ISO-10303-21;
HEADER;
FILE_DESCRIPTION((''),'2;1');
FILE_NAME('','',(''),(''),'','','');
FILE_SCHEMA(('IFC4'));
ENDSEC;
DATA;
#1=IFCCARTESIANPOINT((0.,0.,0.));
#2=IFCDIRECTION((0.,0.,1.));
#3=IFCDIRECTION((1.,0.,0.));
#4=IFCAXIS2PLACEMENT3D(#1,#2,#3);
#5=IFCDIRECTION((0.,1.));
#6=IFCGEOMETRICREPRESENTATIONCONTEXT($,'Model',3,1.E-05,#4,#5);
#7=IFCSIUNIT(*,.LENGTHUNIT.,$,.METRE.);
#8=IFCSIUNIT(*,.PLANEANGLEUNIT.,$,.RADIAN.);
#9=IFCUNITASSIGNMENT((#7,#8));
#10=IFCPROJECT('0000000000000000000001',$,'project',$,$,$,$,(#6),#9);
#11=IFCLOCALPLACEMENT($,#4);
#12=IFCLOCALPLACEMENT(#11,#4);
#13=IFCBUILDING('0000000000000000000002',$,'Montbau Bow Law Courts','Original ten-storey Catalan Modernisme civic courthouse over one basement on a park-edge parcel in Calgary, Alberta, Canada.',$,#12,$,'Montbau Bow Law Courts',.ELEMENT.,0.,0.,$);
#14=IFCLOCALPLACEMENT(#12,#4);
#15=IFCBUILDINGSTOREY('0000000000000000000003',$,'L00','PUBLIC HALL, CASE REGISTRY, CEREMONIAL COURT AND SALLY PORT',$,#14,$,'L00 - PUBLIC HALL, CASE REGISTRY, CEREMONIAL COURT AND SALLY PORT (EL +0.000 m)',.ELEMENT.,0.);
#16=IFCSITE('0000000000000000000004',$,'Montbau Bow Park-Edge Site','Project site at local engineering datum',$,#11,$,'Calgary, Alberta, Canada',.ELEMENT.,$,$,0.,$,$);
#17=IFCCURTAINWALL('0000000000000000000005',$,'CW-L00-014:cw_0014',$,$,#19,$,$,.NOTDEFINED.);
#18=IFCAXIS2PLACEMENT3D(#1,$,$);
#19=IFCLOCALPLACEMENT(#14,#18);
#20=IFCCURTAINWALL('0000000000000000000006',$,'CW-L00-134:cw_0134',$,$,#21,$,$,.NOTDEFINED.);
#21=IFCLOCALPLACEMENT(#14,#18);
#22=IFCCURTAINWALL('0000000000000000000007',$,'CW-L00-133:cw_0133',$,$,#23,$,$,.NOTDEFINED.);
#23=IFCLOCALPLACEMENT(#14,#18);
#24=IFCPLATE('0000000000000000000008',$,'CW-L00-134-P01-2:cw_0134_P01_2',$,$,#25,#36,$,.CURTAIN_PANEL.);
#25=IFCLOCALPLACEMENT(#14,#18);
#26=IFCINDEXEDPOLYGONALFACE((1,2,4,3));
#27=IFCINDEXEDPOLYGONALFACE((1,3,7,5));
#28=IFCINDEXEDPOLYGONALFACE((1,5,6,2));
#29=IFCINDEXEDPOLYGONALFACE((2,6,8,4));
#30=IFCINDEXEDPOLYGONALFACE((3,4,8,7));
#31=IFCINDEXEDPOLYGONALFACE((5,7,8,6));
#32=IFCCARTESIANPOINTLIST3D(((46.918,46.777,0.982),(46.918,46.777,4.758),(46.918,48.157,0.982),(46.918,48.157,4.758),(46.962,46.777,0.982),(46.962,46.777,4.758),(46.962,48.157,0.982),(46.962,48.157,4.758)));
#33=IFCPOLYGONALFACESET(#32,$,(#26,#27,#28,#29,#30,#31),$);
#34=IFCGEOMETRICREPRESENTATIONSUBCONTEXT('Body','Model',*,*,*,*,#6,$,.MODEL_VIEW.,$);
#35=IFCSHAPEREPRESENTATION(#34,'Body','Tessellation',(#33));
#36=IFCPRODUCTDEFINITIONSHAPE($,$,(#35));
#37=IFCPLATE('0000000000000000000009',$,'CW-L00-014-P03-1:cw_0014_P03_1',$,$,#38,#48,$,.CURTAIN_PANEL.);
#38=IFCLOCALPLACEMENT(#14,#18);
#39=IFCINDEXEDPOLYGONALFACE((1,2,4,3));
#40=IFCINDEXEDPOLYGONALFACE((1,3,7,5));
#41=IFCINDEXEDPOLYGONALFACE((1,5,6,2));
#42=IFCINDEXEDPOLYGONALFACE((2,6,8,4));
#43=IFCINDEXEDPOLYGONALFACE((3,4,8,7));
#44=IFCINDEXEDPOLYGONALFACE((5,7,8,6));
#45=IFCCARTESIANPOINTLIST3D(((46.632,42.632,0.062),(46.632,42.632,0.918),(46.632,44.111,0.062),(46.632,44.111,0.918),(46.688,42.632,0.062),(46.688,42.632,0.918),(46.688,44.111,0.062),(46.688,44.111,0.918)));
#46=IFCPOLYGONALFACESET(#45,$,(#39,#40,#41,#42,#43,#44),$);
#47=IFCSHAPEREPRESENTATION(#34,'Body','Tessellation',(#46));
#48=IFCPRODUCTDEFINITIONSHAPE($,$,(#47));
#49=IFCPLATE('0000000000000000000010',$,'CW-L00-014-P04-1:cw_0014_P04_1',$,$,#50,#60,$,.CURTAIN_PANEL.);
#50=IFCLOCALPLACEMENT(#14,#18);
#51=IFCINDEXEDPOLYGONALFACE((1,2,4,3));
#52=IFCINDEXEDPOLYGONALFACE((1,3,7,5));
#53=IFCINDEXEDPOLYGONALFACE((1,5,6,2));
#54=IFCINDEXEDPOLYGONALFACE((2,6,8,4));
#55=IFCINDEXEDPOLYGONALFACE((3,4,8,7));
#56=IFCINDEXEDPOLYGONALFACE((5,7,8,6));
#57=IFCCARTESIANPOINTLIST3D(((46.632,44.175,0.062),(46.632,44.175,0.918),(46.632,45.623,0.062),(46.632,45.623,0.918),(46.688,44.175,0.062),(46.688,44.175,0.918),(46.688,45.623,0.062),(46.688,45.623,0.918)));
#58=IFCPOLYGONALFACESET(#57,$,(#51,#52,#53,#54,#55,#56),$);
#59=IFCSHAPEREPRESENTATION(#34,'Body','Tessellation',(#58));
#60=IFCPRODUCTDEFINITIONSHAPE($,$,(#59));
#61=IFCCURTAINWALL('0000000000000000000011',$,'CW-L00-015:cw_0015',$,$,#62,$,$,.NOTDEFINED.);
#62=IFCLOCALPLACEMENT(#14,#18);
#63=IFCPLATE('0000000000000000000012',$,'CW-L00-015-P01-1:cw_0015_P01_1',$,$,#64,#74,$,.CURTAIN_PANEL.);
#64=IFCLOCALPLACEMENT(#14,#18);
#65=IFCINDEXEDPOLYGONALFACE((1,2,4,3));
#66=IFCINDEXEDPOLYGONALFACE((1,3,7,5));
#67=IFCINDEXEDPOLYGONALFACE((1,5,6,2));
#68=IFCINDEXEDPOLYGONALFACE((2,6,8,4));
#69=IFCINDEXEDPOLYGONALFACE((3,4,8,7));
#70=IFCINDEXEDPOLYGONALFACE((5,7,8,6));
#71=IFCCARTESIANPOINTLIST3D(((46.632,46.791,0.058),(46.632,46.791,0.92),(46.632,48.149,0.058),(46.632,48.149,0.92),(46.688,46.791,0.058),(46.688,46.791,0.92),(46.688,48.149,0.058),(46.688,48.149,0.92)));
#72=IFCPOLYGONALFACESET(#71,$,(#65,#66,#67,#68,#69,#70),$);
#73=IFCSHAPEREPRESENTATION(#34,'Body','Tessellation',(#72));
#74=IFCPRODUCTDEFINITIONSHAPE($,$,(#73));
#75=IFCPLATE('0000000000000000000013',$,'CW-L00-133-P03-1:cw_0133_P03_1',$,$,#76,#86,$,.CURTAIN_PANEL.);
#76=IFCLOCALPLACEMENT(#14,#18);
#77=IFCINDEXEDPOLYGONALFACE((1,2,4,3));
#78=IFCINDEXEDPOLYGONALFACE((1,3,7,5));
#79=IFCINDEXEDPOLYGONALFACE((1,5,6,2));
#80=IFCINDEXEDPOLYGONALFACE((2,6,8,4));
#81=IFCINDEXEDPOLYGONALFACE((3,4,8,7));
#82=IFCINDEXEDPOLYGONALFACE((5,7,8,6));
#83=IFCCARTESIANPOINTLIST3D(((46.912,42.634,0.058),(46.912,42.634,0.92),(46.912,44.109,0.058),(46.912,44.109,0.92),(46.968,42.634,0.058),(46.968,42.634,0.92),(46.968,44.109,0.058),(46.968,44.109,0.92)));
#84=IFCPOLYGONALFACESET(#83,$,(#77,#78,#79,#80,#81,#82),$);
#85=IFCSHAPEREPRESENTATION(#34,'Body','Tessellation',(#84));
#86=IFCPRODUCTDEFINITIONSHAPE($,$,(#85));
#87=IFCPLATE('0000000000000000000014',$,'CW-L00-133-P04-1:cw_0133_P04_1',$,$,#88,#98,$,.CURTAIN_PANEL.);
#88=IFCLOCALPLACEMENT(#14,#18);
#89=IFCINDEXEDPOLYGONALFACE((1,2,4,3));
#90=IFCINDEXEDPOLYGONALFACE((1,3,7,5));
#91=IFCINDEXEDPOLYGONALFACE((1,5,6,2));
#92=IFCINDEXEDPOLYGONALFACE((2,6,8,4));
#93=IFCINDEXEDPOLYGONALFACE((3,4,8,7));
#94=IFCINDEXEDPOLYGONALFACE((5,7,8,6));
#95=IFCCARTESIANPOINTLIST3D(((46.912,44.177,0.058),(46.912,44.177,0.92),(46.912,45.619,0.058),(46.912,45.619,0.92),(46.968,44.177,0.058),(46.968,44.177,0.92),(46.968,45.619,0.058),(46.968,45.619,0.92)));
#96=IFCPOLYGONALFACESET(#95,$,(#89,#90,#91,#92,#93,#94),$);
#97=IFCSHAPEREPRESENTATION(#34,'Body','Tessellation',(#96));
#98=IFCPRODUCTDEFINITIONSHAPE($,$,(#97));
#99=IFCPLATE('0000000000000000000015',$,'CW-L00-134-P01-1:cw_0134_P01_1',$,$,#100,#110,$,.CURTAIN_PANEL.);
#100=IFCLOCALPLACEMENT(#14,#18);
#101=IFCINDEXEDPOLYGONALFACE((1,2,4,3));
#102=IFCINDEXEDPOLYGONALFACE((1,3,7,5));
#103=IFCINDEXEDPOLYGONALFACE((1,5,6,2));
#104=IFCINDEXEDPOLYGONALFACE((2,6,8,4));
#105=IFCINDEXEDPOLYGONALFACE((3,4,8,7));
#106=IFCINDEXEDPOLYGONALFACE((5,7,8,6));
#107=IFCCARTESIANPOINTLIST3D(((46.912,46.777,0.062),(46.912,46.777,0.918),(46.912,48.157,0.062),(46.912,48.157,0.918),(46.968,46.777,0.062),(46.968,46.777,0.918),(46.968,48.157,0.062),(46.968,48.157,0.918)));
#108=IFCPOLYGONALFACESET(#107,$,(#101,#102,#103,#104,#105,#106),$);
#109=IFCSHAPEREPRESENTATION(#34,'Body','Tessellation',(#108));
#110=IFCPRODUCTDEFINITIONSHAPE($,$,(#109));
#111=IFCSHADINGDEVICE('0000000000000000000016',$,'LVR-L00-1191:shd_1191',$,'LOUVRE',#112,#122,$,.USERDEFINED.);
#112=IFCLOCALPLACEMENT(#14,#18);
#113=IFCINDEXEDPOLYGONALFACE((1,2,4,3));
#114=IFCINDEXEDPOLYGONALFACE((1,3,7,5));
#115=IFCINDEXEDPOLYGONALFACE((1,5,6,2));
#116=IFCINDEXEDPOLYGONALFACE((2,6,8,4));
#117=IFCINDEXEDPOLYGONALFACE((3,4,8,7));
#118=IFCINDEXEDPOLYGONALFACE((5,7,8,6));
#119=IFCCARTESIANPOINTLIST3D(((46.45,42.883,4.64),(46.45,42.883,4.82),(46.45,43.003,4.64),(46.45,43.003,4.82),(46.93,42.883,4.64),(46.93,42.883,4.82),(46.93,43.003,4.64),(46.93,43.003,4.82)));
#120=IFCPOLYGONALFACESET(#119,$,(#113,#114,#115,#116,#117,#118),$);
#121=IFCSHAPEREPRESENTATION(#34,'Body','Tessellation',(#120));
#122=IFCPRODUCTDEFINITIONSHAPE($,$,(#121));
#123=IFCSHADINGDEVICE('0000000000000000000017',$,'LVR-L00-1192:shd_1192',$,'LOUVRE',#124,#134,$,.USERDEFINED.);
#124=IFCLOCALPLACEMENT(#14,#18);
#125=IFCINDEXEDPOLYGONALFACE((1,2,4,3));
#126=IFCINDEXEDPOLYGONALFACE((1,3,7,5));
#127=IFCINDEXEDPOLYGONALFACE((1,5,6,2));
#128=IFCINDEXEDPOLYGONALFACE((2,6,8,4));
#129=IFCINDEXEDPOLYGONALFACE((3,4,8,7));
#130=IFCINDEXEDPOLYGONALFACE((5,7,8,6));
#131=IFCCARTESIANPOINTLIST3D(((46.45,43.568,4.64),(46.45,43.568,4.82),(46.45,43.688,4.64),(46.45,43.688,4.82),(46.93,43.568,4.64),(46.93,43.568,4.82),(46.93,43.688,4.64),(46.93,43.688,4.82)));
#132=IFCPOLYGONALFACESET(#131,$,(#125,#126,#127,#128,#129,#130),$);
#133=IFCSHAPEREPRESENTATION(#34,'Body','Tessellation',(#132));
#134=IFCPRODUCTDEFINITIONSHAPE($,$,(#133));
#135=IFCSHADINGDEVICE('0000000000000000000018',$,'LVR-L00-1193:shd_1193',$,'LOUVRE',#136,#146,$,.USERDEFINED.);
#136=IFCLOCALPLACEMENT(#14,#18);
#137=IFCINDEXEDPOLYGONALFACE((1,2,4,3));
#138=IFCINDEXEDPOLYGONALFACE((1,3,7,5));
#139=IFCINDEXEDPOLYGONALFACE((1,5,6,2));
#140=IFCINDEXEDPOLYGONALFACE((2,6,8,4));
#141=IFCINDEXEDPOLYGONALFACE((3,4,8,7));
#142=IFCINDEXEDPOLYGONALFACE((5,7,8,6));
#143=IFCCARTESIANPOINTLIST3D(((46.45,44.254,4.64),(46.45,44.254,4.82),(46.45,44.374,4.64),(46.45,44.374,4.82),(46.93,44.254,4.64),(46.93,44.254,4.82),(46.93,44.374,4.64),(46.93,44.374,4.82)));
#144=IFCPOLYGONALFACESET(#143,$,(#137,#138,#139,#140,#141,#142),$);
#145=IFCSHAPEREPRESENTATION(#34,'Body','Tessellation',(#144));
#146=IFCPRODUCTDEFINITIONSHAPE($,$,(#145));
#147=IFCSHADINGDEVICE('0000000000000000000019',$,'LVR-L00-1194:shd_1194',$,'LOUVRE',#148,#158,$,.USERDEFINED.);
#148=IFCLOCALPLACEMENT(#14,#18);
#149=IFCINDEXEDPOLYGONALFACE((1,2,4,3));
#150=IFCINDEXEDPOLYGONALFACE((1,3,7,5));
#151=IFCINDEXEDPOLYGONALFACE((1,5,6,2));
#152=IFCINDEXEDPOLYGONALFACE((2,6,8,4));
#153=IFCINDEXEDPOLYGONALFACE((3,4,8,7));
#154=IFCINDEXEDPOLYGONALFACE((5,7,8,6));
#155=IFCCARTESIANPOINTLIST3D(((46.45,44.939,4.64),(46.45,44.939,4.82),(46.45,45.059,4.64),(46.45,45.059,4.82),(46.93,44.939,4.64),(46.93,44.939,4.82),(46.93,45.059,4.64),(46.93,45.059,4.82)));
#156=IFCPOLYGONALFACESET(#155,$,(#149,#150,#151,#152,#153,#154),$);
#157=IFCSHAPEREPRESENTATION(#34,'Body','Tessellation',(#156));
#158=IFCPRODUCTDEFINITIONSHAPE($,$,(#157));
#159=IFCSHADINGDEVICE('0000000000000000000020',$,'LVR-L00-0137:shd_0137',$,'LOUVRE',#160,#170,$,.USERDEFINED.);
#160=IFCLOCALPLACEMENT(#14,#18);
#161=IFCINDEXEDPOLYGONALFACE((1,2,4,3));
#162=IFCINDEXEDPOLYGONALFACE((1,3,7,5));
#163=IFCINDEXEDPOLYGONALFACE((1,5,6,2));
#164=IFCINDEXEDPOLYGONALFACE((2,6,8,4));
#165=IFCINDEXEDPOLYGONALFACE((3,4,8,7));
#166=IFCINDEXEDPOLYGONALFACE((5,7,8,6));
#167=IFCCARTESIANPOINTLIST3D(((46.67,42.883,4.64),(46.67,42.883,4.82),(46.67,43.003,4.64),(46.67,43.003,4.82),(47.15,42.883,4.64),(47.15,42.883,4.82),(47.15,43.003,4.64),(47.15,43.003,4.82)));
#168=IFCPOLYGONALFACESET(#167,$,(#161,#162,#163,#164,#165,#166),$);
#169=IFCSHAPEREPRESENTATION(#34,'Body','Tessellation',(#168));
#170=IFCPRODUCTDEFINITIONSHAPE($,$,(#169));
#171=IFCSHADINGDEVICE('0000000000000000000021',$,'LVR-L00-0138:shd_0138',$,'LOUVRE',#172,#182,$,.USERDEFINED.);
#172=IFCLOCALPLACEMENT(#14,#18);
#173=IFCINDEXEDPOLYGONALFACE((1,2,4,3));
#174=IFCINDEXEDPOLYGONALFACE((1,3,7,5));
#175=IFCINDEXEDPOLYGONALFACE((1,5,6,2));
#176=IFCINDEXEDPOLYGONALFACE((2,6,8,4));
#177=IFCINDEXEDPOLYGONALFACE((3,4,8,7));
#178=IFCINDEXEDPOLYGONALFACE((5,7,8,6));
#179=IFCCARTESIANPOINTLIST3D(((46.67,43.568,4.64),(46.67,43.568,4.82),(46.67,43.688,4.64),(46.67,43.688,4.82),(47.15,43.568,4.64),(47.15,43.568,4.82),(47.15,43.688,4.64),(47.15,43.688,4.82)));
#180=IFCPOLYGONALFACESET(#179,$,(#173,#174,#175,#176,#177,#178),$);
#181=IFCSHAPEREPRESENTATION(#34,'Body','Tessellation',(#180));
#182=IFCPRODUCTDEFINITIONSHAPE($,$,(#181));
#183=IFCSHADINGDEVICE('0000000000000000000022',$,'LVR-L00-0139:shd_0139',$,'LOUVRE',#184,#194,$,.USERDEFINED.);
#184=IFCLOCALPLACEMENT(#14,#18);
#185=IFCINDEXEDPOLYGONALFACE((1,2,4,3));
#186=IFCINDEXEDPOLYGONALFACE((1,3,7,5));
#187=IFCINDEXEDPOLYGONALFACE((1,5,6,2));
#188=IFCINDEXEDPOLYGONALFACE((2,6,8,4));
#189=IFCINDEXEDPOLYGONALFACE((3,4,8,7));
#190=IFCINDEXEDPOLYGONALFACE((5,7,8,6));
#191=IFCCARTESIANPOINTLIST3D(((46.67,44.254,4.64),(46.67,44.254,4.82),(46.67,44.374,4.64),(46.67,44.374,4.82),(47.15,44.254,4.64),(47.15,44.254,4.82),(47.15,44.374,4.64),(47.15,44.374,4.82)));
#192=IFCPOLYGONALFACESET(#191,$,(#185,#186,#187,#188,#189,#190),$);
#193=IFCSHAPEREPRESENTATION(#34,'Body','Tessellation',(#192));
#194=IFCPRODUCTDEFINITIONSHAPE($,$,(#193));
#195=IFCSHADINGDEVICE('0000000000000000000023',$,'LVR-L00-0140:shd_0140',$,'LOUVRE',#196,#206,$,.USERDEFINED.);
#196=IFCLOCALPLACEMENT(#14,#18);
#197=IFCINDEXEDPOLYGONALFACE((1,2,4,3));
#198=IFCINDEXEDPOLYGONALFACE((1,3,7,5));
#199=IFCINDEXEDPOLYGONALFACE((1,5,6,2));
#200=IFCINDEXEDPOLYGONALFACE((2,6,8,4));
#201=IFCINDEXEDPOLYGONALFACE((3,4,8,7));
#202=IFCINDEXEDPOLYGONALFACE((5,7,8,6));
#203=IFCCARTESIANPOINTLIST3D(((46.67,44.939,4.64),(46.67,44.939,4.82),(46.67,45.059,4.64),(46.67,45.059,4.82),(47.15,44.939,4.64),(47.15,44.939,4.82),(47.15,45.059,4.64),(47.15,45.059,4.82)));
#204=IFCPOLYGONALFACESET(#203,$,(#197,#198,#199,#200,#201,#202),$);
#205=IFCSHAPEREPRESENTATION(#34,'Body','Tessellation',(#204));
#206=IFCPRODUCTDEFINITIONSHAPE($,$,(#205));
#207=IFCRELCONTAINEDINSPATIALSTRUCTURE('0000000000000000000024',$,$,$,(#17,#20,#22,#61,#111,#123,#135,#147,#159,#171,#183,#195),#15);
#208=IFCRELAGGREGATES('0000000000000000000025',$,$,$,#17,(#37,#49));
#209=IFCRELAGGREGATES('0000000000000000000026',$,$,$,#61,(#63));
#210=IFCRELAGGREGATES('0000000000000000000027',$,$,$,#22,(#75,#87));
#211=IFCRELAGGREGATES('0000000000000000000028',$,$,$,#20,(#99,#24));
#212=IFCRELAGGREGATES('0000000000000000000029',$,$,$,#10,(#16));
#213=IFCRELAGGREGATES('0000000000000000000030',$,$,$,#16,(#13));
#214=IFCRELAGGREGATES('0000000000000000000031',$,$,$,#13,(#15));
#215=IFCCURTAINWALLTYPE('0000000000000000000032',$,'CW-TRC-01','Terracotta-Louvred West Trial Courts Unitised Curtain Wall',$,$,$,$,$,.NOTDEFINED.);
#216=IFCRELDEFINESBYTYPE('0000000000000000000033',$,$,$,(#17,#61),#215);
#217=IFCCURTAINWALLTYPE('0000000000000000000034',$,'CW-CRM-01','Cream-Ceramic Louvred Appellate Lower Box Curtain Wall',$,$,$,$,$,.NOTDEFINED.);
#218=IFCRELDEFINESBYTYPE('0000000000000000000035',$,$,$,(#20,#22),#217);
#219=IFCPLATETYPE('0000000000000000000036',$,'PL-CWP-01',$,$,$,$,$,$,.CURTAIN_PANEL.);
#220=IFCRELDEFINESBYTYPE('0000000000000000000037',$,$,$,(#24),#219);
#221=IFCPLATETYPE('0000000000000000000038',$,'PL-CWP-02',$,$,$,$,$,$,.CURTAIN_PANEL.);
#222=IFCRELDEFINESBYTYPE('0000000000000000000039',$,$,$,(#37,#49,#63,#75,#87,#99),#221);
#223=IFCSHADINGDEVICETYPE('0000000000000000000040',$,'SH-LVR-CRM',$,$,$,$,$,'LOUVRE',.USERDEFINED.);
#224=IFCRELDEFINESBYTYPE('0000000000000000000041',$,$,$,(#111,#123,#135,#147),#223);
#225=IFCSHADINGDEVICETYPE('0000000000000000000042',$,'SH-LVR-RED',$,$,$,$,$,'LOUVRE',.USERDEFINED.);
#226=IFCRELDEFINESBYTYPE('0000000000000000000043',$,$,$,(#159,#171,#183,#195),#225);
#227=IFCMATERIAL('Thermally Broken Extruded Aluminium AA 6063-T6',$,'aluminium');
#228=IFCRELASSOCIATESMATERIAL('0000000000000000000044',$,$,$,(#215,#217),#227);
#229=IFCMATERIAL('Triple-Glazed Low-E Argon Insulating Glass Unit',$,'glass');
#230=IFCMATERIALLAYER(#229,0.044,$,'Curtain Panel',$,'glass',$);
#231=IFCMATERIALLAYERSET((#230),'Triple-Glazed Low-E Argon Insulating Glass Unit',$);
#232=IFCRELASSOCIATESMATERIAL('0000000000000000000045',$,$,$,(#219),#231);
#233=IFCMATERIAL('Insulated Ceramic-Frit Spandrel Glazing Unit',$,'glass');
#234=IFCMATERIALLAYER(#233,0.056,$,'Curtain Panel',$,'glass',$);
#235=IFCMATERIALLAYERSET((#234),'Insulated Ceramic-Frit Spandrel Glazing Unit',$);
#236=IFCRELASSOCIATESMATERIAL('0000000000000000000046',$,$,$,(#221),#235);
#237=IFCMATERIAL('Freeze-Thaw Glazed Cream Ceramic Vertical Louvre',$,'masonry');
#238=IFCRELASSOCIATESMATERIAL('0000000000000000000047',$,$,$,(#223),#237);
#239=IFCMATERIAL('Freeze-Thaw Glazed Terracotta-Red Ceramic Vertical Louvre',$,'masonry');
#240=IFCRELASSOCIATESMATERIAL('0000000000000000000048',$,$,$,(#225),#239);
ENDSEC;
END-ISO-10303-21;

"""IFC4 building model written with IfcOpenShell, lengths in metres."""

from ifc_helpers import new_model, si_unit, direction, frame, frame_2d, origin_with_axes, origin_2d_with_axis, place, context, subcontext, project, spatial, rectangle, extrude, material, layer, layer_set, type_object, element, aggregate, save


model = new_model("IFC4")

# Units and contexts
model_context = context("Model", 3, precision=1e-05, world=origin_with_axes(), true_north=direction((0.0, 1.0)))
body_context = subcontext(model_context, "Body", "Model", "MODEL_VIEW")
ifc_project = project(units=[si_unit("LENGTHUNIT", "METRE"), si_unit("PLANEANGLEUNIT", "RADIAN")], contexts=[model_context])

# Site, building, storey
site_placement = place(None, origin_with_axes())
site = spatial("IfcSite", under=ifc_project, at=site_placement, Name="Montbau Bow Park-Edge Site", Description="Project site at local engineering datum", LongName="Calgary, Alberta, Canada", CompositionType="ELEMENT", RefElevation=0.0)
building_placement = place(site_placement, origin_with_axes())
building = spatial("IfcBuilding", under=site, at=building_placement, Name="Montbau Bow Law Courts", Description="Original ten-storey Catalan Modernisme civic courthouse over one basement on a park-edge parcel in Calgary, Alberta, Canada.", LongName="Montbau Bow Law Courts", CompositionType="ELEMENT", ElevationOfRefHeight=0.0, ElevationOfTerrain=0.0)
storey_placement = place(building_placement, origin_with_axes())
storey = spatial("IfcBuildingStorey", under=building, at=storey_placement, Name="L00", Description="PUBLIC HALL, CASE REGISTRY, CEREMONIAL COURT AND SALLY PORT", LongName="L00 - PUBLIC HALL, CASE REGISTRY, CEREMONIAL COURT AND SALLY PORT (EL +0.000 m)", CompositionType="ELEMENT", Elevation=0.0)

# Curtain walls
ifc_material_1 = material(Name="Thermally Broken Extruded Aluminium AA 6063-T6", Category="aluminium")
curtain_wall_type_1 = type_object("IfcCurtainWallType", Name="CW-TRC-01", Description="Terracotta-Louvred West Trial Courts Unitised Curtain Wall", PredefinedType="NOTDEFINED", material=ifc_material_1)
curtain_wall_1_placement = place(None, frame((46.66, 39.515, 0.0), z_axis=(0.0, 0.0, 1.0), x_axis=(1.0, 0.0, 0.0)))
curtain_wall_1 = element("IfcCurtainWall", 1, at=curtain_wall_1_placement, inside=storey, type_object=curtain_wall_type_1, Name="CW-L00-014:cw_0014", PredefinedType="NOTDEFINED")
curtain_wall_type_2 = type_object("IfcCurtainWallType", Name="CW-CRM-01", Description="Cream-Ceramic Louvred Appellate Lower Box Curtain Wall", PredefinedType="NOTDEFINED", material=ifc_material_1)
curtain_wall_2_placement = place(None, frame((46.94, 46.715, 0.0), z_axis=(0.0, 0.0, 1.0), x_axis=(1.0, 0.0, 0.0)))
curtain_wall_2 = element("IfcCurtainWall", 2, at=curtain_wall_2_placement, inside=storey, type_object=curtain_wall_type_2, Name="CW-L00-134:cw_0134", PredefinedType="NOTDEFINED")
curtain_wall_3_placement = place(None, frame((46.94, 39.515, 0.0), z_axis=(0.0, 0.0, 1.0), x_axis=(1.0, 0.0, 0.0)))
curtain_wall_3 = element("IfcCurtainWall", 3, at=curtain_wall_3_placement, inside=storey, type_object=curtain_wall_type_2, Name="CW-L00-133:cw_0133", PredefinedType="NOTDEFINED")

# Plates
ifc_material_2 = material(Name="Triple-Glazed Low-E Argon Insulating Glass Unit", Category="glass")
ifc_layer_1 = layer(ifc_material_2, 0.044, Name="Curtain Panel", Category="glass")
ifc_layer_set_1 = layer_set([ifc_layer_1], Name="Triple-Glazed Low-E Argon Insulating Glass Unit")
plate_type_1 = type_object("IfcPlateType", Name="PL-CWP-01", PredefinedType="CURTAIN_PANEL", material=ifc_layer_set_1)
plate_1_placement = place(None, frame((46.94, 46.777, 0.982), z_axis=(1.0, 0.0, 0.0), x_axis=(0.0, 1.0, 0.0)))
plate_1 = element("IfcPlate", 4, at=plate_1_placement, type_object=plate_type_1, Name="CW-L00-134-P01-2:cw_0134_P01_2", PredefinedType="CURTAIN_PANEL", context=body_context, shape_type="SweptSolid", body=[
    extrude(rectangle(XDim=1.38, YDim=3.776, at=frame_2d((0.69, 1.888), x_axis=(1.0, 0.0))), frame((0.0, 0.0, -0.022), z_axis=(0.0, 0.0, 1.0), x_axis=(1.0, 0.0, 0.0)), (0.0, 0.0, 1.0), 0.044),
])
ifc_material_3 = material(Name="Insulated Ceramic-Frit Spandrel Glazing Unit", Category="glass")
ifc_layer_2 = layer(ifc_material_3, 0.056, Name="Curtain Panel", Category="glass")
ifc_layer_set_2 = layer_set([ifc_layer_2], Name="Insulated Ceramic-Frit Spandrel Glazing Unit")
plate_type_2 = type_object("IfcPlateType", Name="PL-CWP-02", PredefinedType="CURTAIN_PANEL", material=ifc_layer_set_2)
plate_2_placement = place(None, frame((46.66, 42.632, 0.062), z_axis=(1.0, 0.0, 0.0), x_axis=(0.0, 1.0, 0.0)))
plate_2 = element("IfcPlate", 5, at=plate_2_placement, type_object=plate_type_2, Name="CW-L00-014-P03-1:cw_0014_P03_1", PredefinedType="CURTAIN_PANEL", context=body_context, shape_type="SweptSolid", body=[
    extrude(rectangle(XDim=1.479, YDim=0.856, at=frame_2d((0.7395, 0.428), x_axis=(1.0, 0.0))), frame((0.0, 0.0, -0.028), z_axis=(0.0, 0.0, 1.0), x_axis=(1.0, 0.0, 0.0)), (0.0, 0.0, 1.0), 0.056),
])
plate_3_placement = place(None, frame((46.66, 44.175, 0.062), z_axis=(1.0, 0.0, 0.0), x_axis=(0.0, 1.0, 0.0)))
plate_3 = element("IfcPlate", 6, at=plate_3_placement, type_object=plate_type_2, Name="CW-L00-014-P04-1:cw_0014_P04_1", PredefinedType="CURTAIN_PANEL", context=body_context, shape_type="SweptSolid", body=[
    extrude(rectangle(XDim=1.448, YDim=0.856, at=frame_2d((0.724, 0.428), x_axis=(1.0, 0.0))), frame((0.0, 0.0, -0.028), z_axis=(0.0, 0.0, 1.0), x_axis=(1.0, 0.0, 0.0)), (0.0, 0.0, 1.0), 0.056),
])
aggregate(curtain_wall_1, [plate_2, plate_3])

# Curtain wall, plate
curtain_wall_4_placement = place(None, frame((46.66, 46.715, 0.0), z_axis=(0.0, 0.0, 1.0), x_axis=(1.0, 0.0, 0.0)))
curtain_wall_4 = element("IfcCurtainWall", 7, at=curtain_wall_4_placement, inside=storey, type_object=curtain_wall_type_1, Name="CW-L00-015:cw_0015", PredefinedType="NOTDEFINED")
plate_4_placement = place(None, frame((46.66, 46.791, 0.058), z_axis=(1.0, 0.0, 0.0), x_axis=(0.0, 1.0, 0.0)))
plate_4 = element("IfcPlate", 8, at=plate_4_placement, type_object=plate_type_2, Name="CW-L00-015-P01-1:cw_0015_P01_1", PredefinedType="CURTAIN_PANEL", context=body_context, shape_type="SweptSolid", body=[
    extrude(rectangle(XDim=1.358, YDim=0.862, at=frame_2d((0.679, 0.431), x_axis=(1.0, 0.0))), frame((0.0, 0.0, -0.028), z_axis=(0.0, 0.0, 1.0), x_axis=(1.0, 0.0, 0.0)), (0.0, 0.0, 1.0), 0.056),
])
aggregate(curtain_wall_4, [plate_4])

# Plates
plate_5_placement = place(None, frame((46.94, 42.634, 0.058), z_axis=(1.0, 0.0, 0.0), x_axis=(0.0, 1.0, 0.0)))
plate_5 = element("IfcPlate", 9, at=plate_5_placement, type_object=plate_type_2, Name="CW-L00-133-P03-1:cw_0133_P03_1", PredefinedType="CURTAIN_PANEL", context=body_context, shape_type="SweptSolid", body=[
    extrude(rectangle(XDim=1.475, YDim=0.862, at=frame_2d((0.7375, 0.431), x_axis=(1.0, 0.0))), frame((0.0, 0.0, -0.028), z_axis=(0.0, 0.0, 1.0), x_axis=(1.0, 0.0, 0.0)), (0.0, 0.0, 1.0), 0.056),
])
plate_6_placement = place(None, frame((46.94, 44.177, 0.058), z_axis=(1.0, 0.0, 0.0), x_axis=(0.0, 1.0, 0.0)))
plate_6 = element("IfcPlate", 10, at=plate_6_placement, type_object=plate_type_2, Name="CW-L00-133-P04-1:cw_0133_P04_1", PredefinedType="CURTAIN_PANEL", context=body_context, shape_type="SweptSolid", body=[
    extrude(rectangle(XDim=1.442, YDim=0.862, at=frame_2d((0.721, 0.431), x_axis=(1.0, 0.0))), frame((0.0, 0.0, -0.028), z_axis=(0.0, 0.0, 1.0), x_axis=(1.0, 0.0, 0.0)), (0.0, 0.0, 1.0), 0.056),
])
aggregate(curtain_wall_3, [plate_5, plate_6])
plate_7_placement = place(None, frame((46.94, 46.777, 0.062), z_axis=(1.0, 0.0, 0.0), x_axis=(0.0, 1.0, 0.0)))
plate_7 = element("IfcPlate", 11, at=plate_7_placement, type_object=plate_type_2, Name="CW-L00-134-P01-1:cw_0134_P01_1", PredefinedType="CURTAIN_PANEL", context=body_context, shape_type="SweptSolid", body=[
    extrude(rectangle(XDim=1.38, YDim=0.856, at=frame_2d((0.69, 0.428), x_axis=(1.0, 0.0))), frame((0.0, 0.0, -0.028), z_axis=(0.0, 0.0, 1.0), x_axis=(1.0, 0.0, 0.0)), (0.0, 0.0, 1.0), 0.056),
])
aggregate(curtain_wall_2, [plate_7, plate_1])

# Shading devices
ifc_material_4 = material(Name="Freeze-Thaw Glazed Cream Ceramic Vertical Louvre", Category="masonry")
shading_device_type_1 = type_object("IfcShadingDeviceType", Name="SH-LVR-CRM", ElementType="LOUVRE", PredefinedType="USERDEFINED", material=ifc_material_4)
for number, where, z_axis, x_axis, name in (
    (12, (46.69, 42.943, 4.64), (0.0, 0.0, 1.0), (-1.0, 0.0, 0.0), "LVR-L00-1191:shd_1191"),
    (13, (46.69, 43.628, 4.64), (0.0, 0.0, 1.0), (-1.0, 0.0, 0.0), "LVR-L00-1192:shd_1192"),
    (14, (46.69, 44.314, 4.64), (0.0, 0.0, 1.0), (-1.0, 0.0, 0.0), "LVR-L00-1193:shd_1193"),
    (15, (46.69, 44.999, 4.64), (0.0, 0.0, 1.0), (-1.0, 0.0, 0.0), "LVR-L00-1194:shd_1194"),
):
    element("IfcShadingDevice", number, at=place(None, frame(where, z_axis=z_axis, x_axis=x_axis)), inside=storey, type_object=shading_device_type_1, Name=name, ObjectType="LOUVRE", PredefinedType="USERDEFINED", context=body_context, shape_type="SweptSolid", body=[
        extrude(rectangle(XDim=0.48, YDim=0.12, at=origin_2d_with_axis()), origin_with_axes(), (0.0, 0.0, 1.0), 0.18),
    ])
ifc_material_5 = material(Name="Freeze-Thaw Glazed Terracotta-Red Ceramic Vertical Louvre", Category="masonry")
shading_device_type_2 = type_object("IfcShadingDeviceType", Name="SH-LVR-RED", ElementType="LOUVRE", PredefinedType="USERDEFINED", material=ifc_material_5)
for number, where, z_axis, x_axis, name in (
    (16, (46.91, 42.943, 4.64), (0.0, 0.0, 1.0), (1.0, 0.0, 0.0), "LVR-L00-0137:shd_0137"),
    (17, (46.91, 43.628, 4.64), (0.0, 0.0, 1.0), (1.0, 0.0, 0.0), "LVR-L00-0138:shd_0138"),
    (18, (46.91, 44.314, 4.64), (0.0, 0.0, 1.0), (1.0, 0.0, 0.0), "LVR-L00-0139:shd_0139"),
    (19, (46.91, 44.999, 4.64), (0.0, 0.0, 1.0), (1.0, 0.0, 0.0), "LVR-L00-0140:shd_0140"),
):
    element("IfcShadingDevice", number, at=place(None, frame(where, z_axis=z_axis, x_axis=x_axis)), inside=storey, type_object=shading_device_type_2, Name=name, ObjectType="LOUVRE", PredefinedType="USERDEFINED", context=body_context, shape_type="SweptSolid", body=[
        extrude(rectangle(XDim=0.48, YDim=0.12, at=origin_2d_with_axis()), origin_with_axes(), (0.0, 0.0, 1.0), 0.18),
    ])

save(model, "model.ifc")
